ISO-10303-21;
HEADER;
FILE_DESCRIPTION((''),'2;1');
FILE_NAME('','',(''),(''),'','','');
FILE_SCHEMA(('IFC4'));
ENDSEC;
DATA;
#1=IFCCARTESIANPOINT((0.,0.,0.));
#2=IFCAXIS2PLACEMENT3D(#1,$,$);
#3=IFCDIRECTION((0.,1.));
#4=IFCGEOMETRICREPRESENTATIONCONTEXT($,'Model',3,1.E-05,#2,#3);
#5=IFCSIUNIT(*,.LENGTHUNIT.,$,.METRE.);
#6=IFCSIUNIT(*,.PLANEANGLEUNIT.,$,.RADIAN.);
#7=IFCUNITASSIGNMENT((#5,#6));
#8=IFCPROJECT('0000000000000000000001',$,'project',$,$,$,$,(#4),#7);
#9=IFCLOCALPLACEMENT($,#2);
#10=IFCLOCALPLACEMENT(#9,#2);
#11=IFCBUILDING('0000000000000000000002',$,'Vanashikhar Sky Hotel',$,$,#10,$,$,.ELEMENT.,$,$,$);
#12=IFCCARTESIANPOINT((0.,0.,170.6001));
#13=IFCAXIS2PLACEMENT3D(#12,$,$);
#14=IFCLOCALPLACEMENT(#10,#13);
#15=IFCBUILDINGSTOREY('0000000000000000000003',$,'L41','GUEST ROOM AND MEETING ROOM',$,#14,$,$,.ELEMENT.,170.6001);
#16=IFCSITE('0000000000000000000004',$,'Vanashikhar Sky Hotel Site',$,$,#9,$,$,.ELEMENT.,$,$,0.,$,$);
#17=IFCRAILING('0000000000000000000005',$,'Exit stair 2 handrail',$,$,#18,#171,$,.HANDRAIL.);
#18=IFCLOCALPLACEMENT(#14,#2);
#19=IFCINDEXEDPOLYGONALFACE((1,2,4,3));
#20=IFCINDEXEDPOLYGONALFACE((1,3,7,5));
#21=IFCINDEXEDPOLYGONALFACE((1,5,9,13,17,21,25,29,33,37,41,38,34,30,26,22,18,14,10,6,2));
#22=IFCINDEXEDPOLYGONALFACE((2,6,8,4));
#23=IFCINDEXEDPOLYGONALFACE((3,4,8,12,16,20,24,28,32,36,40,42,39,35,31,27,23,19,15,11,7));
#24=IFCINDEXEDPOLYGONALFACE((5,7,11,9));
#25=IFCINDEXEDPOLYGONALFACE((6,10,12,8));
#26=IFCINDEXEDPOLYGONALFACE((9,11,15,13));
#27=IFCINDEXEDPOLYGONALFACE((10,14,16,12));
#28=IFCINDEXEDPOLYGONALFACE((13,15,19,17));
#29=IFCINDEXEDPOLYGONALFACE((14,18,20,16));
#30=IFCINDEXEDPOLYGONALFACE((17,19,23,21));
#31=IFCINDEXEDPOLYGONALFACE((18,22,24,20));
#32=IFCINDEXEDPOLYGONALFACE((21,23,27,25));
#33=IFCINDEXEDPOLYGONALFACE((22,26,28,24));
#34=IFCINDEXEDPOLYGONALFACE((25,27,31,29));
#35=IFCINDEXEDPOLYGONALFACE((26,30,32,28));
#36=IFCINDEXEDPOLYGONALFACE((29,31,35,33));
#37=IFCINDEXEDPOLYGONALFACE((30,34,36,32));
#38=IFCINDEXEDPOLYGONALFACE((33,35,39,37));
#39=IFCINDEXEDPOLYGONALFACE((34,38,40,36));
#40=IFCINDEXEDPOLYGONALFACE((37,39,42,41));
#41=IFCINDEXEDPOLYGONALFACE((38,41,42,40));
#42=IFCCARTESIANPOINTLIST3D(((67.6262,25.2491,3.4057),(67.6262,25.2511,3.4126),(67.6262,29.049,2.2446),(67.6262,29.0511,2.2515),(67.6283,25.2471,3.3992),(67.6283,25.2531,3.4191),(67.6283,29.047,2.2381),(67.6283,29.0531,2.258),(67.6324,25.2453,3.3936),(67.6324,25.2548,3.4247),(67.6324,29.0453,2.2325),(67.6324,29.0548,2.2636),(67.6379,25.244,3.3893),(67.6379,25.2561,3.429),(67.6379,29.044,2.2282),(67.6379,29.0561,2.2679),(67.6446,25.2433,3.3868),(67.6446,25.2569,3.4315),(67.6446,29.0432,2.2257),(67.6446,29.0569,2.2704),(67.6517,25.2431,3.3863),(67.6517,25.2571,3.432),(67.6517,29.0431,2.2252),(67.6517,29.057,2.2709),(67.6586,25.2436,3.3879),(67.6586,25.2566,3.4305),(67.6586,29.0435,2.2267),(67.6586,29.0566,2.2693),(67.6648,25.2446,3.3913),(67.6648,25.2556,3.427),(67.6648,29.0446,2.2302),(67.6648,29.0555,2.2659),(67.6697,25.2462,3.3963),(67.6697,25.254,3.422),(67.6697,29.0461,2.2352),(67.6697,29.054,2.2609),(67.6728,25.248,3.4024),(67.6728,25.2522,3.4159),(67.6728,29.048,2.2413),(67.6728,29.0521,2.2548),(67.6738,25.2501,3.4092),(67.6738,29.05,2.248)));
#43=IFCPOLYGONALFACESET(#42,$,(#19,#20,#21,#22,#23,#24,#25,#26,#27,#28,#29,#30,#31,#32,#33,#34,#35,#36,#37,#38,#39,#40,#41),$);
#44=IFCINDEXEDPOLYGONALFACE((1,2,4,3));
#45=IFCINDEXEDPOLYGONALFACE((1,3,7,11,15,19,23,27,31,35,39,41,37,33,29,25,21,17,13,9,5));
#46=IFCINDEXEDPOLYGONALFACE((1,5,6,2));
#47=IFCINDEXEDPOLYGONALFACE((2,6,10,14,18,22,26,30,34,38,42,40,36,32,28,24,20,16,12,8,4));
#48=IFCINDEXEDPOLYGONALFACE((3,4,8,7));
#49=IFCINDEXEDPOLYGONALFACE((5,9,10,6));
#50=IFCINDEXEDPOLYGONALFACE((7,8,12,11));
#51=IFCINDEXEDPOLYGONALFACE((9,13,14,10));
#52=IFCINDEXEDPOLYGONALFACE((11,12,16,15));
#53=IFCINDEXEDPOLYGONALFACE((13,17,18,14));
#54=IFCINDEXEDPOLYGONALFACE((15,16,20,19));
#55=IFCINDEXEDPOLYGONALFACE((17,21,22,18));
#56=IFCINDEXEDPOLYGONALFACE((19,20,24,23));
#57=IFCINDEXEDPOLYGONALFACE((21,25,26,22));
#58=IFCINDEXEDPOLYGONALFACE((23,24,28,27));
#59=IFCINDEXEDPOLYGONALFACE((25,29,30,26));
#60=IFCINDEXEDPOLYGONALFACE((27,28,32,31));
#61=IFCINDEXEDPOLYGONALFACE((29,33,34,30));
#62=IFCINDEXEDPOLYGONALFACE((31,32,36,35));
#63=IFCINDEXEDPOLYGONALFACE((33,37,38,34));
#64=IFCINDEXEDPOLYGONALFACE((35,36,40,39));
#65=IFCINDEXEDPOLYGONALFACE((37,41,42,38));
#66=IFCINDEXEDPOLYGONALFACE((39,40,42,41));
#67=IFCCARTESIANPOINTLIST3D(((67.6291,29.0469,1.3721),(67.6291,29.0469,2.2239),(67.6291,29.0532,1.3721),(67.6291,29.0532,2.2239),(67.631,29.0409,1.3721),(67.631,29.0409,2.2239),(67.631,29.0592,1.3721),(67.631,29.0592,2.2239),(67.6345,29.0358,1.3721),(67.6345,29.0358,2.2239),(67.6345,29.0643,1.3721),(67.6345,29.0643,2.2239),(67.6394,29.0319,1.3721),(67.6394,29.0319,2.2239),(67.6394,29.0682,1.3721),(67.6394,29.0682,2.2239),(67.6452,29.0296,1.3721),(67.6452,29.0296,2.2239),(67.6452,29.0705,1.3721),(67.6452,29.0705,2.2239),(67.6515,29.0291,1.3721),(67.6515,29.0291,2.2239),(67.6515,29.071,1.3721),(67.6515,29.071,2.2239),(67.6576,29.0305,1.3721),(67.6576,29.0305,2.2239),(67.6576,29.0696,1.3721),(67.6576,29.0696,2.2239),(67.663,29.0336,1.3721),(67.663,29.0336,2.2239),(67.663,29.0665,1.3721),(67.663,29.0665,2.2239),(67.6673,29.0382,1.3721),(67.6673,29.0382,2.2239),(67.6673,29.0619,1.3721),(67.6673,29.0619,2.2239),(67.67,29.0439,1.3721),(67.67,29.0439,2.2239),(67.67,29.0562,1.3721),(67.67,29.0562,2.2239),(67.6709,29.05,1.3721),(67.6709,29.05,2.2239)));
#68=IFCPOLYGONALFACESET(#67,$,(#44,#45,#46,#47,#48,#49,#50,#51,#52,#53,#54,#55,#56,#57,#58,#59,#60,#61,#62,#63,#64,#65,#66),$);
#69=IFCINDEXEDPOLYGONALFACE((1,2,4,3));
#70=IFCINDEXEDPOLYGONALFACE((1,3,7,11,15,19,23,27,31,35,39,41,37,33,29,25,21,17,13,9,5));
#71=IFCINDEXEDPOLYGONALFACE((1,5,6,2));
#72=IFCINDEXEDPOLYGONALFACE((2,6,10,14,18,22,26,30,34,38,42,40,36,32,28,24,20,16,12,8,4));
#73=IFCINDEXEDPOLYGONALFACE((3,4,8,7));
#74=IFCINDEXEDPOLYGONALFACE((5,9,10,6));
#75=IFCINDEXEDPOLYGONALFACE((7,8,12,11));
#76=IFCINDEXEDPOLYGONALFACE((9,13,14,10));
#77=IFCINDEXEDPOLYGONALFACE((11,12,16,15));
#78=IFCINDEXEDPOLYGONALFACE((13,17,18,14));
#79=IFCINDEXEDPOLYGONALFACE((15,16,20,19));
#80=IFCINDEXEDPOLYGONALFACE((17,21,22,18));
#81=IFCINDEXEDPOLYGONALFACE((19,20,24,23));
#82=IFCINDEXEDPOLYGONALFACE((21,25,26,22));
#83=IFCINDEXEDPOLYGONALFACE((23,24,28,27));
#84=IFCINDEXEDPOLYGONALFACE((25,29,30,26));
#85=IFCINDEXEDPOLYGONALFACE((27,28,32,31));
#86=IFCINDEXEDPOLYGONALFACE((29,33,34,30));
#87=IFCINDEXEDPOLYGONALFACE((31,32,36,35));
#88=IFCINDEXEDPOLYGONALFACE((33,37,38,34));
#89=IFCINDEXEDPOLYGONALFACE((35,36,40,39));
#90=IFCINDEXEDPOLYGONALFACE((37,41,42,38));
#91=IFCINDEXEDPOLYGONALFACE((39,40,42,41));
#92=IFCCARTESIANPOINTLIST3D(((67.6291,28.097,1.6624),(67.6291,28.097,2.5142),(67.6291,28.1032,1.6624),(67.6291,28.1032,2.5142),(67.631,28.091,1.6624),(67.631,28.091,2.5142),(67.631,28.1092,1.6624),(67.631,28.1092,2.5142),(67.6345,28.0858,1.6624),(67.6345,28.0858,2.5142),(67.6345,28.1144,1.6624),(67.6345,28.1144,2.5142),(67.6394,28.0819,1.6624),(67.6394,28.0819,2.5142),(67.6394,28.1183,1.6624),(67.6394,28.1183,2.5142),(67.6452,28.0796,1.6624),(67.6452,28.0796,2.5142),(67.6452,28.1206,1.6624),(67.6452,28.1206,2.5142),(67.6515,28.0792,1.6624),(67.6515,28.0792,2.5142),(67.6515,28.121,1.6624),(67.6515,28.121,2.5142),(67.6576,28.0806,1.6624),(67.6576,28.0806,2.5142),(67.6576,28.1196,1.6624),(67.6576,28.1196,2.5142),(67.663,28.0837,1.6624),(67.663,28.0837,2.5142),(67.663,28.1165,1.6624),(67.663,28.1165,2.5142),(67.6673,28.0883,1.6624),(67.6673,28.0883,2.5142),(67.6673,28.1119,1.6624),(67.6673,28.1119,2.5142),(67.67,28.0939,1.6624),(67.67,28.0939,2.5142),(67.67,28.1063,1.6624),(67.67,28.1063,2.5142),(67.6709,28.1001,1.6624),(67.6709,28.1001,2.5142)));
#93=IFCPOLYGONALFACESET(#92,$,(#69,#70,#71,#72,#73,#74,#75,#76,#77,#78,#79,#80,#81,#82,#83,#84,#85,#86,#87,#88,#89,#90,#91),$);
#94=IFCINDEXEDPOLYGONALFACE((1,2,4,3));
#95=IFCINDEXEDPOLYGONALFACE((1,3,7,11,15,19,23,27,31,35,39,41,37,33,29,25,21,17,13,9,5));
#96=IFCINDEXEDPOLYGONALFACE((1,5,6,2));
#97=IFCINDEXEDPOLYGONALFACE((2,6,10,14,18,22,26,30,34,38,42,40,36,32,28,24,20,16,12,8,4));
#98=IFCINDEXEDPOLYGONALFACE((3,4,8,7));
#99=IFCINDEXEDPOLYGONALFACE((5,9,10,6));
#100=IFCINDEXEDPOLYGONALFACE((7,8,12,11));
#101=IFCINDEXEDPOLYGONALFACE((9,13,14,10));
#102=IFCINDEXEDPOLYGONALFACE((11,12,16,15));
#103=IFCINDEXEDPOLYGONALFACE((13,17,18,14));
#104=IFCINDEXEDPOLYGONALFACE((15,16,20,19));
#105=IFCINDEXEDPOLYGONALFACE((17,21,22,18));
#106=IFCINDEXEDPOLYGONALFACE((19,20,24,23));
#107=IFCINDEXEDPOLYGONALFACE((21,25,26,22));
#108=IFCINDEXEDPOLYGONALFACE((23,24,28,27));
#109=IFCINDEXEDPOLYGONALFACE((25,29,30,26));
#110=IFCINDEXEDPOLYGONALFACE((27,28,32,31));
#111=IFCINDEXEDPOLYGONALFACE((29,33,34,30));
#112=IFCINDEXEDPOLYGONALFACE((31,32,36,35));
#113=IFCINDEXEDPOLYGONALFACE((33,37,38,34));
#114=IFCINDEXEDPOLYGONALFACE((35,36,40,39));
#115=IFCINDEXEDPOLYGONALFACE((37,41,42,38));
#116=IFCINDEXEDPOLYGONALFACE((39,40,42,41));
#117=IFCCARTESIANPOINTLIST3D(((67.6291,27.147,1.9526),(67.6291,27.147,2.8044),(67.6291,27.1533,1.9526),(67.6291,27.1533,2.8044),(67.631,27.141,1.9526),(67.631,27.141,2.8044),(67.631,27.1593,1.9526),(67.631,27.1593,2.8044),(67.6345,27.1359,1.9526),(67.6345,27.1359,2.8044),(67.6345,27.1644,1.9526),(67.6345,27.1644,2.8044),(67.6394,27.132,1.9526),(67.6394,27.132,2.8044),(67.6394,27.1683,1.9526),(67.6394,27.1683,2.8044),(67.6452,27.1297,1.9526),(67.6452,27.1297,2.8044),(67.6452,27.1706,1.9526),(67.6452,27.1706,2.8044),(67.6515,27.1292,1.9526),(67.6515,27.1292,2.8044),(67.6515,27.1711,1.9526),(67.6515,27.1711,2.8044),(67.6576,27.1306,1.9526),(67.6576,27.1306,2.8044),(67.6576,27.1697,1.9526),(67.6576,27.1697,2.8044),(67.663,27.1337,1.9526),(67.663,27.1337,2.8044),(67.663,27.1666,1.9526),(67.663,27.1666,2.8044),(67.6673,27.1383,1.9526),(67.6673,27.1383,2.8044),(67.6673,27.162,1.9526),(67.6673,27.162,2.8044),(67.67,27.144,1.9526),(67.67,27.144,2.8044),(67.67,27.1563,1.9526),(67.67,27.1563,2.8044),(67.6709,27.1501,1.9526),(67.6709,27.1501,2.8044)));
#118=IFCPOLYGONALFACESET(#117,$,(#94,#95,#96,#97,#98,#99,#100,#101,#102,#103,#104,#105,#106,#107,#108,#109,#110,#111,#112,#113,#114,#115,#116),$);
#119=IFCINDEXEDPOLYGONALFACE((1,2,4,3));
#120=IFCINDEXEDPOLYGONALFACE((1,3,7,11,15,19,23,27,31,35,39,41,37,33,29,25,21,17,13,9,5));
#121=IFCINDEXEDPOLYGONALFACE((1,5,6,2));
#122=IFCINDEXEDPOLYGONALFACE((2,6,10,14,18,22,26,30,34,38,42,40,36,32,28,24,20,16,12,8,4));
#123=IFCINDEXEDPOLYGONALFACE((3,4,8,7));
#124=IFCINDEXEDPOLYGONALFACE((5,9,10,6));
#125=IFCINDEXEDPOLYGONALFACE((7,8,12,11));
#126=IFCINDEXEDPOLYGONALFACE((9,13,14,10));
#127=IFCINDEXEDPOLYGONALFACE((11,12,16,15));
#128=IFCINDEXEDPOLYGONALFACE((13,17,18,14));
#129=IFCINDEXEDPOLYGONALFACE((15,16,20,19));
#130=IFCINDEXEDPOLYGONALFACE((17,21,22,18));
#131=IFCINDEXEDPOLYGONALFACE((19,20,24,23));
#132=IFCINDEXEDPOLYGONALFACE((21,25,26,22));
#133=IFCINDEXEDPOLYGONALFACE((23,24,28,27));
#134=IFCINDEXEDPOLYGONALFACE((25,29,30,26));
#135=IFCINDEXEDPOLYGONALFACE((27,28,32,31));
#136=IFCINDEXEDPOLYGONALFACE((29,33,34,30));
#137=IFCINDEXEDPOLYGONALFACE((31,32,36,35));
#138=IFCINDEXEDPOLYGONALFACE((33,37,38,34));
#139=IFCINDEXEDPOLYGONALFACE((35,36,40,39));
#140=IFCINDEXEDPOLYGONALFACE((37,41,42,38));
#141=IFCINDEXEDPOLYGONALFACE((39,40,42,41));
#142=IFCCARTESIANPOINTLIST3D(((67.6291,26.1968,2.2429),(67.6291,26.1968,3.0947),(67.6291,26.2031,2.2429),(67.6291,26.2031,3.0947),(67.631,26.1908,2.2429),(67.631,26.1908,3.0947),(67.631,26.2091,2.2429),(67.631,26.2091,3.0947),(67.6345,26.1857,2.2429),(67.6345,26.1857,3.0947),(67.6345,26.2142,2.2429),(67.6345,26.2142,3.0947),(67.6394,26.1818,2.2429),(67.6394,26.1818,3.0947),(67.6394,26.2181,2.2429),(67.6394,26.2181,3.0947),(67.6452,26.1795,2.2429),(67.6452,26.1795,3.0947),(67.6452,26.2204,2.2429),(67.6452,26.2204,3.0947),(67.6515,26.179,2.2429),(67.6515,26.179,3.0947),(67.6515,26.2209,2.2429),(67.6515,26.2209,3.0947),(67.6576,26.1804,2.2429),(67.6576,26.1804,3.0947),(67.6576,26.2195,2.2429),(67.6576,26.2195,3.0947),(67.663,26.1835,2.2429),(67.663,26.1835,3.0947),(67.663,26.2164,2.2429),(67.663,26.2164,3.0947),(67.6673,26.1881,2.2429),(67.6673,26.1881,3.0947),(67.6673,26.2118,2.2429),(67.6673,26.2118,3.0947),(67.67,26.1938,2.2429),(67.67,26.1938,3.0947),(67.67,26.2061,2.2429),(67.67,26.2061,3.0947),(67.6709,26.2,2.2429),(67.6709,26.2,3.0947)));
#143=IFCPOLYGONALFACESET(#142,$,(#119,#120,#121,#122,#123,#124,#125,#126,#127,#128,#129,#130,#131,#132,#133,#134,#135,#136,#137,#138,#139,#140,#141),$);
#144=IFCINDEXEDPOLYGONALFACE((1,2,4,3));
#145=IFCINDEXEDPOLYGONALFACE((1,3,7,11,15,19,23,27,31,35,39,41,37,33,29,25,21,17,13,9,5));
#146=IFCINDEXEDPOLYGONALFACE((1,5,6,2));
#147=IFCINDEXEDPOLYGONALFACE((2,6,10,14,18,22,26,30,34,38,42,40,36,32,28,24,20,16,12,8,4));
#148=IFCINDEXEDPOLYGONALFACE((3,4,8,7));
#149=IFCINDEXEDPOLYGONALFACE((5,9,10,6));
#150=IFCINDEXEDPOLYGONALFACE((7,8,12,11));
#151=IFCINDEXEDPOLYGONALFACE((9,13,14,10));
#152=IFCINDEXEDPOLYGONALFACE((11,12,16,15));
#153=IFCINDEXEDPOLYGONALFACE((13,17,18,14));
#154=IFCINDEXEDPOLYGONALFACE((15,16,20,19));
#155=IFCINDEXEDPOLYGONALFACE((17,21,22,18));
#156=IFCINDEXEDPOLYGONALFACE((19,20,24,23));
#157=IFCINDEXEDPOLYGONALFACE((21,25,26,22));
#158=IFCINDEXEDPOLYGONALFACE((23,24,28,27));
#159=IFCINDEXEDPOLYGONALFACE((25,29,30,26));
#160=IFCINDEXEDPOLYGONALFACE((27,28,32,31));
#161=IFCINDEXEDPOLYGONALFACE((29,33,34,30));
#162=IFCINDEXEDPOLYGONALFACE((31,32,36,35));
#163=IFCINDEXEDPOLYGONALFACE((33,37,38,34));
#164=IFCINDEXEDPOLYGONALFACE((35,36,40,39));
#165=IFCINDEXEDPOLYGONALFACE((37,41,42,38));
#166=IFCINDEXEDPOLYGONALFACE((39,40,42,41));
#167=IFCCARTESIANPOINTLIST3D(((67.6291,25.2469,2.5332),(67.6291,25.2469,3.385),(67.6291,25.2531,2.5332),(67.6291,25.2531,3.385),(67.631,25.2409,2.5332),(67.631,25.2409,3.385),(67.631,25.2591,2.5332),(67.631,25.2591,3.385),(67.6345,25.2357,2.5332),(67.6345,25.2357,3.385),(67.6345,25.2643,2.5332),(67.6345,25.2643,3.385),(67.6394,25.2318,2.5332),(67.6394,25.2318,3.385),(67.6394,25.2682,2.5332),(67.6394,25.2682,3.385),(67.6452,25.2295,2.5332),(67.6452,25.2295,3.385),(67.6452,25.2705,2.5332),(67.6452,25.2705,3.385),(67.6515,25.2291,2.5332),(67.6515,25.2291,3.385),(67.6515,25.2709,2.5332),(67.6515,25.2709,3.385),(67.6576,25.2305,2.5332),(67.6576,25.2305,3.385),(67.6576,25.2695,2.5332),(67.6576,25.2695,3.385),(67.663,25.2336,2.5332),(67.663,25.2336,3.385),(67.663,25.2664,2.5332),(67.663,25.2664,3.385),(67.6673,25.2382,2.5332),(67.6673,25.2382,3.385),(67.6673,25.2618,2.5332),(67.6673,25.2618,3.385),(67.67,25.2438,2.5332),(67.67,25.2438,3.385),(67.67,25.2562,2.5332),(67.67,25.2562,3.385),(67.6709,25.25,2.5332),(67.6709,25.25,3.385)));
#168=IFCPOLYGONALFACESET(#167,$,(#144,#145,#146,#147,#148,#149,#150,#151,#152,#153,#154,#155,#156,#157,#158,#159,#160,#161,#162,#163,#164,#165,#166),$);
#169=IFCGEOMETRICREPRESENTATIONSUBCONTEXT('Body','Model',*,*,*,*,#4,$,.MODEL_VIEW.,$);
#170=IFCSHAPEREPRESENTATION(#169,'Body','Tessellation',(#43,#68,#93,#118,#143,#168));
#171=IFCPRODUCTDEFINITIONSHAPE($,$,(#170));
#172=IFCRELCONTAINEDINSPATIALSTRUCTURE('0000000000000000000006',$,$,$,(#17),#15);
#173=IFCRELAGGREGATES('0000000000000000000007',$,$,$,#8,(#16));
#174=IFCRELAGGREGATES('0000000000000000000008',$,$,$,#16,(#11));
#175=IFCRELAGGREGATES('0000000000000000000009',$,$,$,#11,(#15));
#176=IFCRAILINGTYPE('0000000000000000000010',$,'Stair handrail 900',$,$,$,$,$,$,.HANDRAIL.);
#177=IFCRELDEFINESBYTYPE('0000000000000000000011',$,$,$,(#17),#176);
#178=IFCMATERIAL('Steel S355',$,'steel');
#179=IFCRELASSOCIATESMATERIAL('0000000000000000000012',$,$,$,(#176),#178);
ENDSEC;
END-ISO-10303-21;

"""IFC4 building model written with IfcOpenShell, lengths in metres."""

from ifc_helpers import new_model, si_unit, direction, frame, origin, origin_2d, place, context, subcontext, project, spatial, circle, extrude, source, transform, mapped, material, type_object, element, save


model = new_model("IFC4")

# Units and contexts
model_context = context("Model", 3, precision=1e-05, world=origin(), true_north=direction((0.0, 1.0)))
body_context = subcontext(model_context, "Body", "Model", "MODEL_VIEW")
ifc_project = project(units=[si_unit("LENGTHUNIT", "METRE"), si_unit("PLANEANGLEUNIT", "RADIAN")], contexts=[model_context])

# Site, building, storey
site_placement = place(None, origin())
site = spatial("IfcSite", under=ifc_project, at=site_placement, Name="Vanashikhar Sky Hotel Site", CompositionType="ELEMENT", RefElevation=0.0)
building_placement = place(site_placement, origin())
building = spatial("IfcBuilding", under=site, at=building_placement, Name="Vanashikhar Sky Hotel", CompositionType="ELEMENT")
storey_placement = place(building_placement, frame((0.0, 0.0, 170.6001)))
storey = spatial("IfcBuildingStorey", under=building, at=storey_placement, Name="L41", Description="GUEST ROOM AND MEETING ROOM", CompositionType="ELEMENT", Elevation=170.6001)

# Railing
ifc_material_1 = material(Name="Steel S355", Category="steel")
railing_type_1 = type_object("IfcRailingType", Name="Stair handrail 900", PredefinedType="HANDRAIL", material=ifc_material_1)
shared_shape_1 = source(origin(), body_context, "Body", "SweptSolid", [
    extrude(circle(Radius=0.0239, at=origin_2d()), frame((0.0, 0.0, 0.876), z_axis=(0.0, -0.956351, 0.29222), x_axis=(1.0, 0.0, 0.0)), (0.0, 0.0, 1.0), 3.9734),
    extrude(circle(Radius=0.021, at=origin_2d()), origin(), (0.0, 0.0, 1.0), 0.8518),
    extrude(circle(Radius=0.021, at=origin_2d()), frame((0.0, -0.95, 0.2903)), (0.0, 0.0, 1.0), 0.8518),
    extrude(circle(Radius=0.021, at=origin_2d()), frame((0.0, -1.8999, 0.5806)), (0.0, 0.0, 1.0), 0.8518),
    extrude(circle(Radius=0.021, at=origin_2d()), frame((0.0, -2.8501, 0.8708)), (0.0, 0.0, 1.0), 0.8518),
    extrude(circle(Radius=0.021, at=origin_2d()), frame((0.0, -3.8, 1.1611)), (0.0, 0.0, 1.0), 0.8518),
])
for number, where, name in (
    (1, (67.6499, 29.05, 1.3721), "Exit stair 2 handrail"),
):
    element("IfcRailing", number, at=place(storey_placement, frame(where)), inside=storey, type_object=railing_type_1, Name=name, PredefinedType="HANDRAIL", context=body_context, shape_type="MappedRepresentation", body=[
        mapped(shared_shape_1, transform((0.0, 0.0, 0.0), scale=1.0)),
    ])

save(model, "model.ifc")
